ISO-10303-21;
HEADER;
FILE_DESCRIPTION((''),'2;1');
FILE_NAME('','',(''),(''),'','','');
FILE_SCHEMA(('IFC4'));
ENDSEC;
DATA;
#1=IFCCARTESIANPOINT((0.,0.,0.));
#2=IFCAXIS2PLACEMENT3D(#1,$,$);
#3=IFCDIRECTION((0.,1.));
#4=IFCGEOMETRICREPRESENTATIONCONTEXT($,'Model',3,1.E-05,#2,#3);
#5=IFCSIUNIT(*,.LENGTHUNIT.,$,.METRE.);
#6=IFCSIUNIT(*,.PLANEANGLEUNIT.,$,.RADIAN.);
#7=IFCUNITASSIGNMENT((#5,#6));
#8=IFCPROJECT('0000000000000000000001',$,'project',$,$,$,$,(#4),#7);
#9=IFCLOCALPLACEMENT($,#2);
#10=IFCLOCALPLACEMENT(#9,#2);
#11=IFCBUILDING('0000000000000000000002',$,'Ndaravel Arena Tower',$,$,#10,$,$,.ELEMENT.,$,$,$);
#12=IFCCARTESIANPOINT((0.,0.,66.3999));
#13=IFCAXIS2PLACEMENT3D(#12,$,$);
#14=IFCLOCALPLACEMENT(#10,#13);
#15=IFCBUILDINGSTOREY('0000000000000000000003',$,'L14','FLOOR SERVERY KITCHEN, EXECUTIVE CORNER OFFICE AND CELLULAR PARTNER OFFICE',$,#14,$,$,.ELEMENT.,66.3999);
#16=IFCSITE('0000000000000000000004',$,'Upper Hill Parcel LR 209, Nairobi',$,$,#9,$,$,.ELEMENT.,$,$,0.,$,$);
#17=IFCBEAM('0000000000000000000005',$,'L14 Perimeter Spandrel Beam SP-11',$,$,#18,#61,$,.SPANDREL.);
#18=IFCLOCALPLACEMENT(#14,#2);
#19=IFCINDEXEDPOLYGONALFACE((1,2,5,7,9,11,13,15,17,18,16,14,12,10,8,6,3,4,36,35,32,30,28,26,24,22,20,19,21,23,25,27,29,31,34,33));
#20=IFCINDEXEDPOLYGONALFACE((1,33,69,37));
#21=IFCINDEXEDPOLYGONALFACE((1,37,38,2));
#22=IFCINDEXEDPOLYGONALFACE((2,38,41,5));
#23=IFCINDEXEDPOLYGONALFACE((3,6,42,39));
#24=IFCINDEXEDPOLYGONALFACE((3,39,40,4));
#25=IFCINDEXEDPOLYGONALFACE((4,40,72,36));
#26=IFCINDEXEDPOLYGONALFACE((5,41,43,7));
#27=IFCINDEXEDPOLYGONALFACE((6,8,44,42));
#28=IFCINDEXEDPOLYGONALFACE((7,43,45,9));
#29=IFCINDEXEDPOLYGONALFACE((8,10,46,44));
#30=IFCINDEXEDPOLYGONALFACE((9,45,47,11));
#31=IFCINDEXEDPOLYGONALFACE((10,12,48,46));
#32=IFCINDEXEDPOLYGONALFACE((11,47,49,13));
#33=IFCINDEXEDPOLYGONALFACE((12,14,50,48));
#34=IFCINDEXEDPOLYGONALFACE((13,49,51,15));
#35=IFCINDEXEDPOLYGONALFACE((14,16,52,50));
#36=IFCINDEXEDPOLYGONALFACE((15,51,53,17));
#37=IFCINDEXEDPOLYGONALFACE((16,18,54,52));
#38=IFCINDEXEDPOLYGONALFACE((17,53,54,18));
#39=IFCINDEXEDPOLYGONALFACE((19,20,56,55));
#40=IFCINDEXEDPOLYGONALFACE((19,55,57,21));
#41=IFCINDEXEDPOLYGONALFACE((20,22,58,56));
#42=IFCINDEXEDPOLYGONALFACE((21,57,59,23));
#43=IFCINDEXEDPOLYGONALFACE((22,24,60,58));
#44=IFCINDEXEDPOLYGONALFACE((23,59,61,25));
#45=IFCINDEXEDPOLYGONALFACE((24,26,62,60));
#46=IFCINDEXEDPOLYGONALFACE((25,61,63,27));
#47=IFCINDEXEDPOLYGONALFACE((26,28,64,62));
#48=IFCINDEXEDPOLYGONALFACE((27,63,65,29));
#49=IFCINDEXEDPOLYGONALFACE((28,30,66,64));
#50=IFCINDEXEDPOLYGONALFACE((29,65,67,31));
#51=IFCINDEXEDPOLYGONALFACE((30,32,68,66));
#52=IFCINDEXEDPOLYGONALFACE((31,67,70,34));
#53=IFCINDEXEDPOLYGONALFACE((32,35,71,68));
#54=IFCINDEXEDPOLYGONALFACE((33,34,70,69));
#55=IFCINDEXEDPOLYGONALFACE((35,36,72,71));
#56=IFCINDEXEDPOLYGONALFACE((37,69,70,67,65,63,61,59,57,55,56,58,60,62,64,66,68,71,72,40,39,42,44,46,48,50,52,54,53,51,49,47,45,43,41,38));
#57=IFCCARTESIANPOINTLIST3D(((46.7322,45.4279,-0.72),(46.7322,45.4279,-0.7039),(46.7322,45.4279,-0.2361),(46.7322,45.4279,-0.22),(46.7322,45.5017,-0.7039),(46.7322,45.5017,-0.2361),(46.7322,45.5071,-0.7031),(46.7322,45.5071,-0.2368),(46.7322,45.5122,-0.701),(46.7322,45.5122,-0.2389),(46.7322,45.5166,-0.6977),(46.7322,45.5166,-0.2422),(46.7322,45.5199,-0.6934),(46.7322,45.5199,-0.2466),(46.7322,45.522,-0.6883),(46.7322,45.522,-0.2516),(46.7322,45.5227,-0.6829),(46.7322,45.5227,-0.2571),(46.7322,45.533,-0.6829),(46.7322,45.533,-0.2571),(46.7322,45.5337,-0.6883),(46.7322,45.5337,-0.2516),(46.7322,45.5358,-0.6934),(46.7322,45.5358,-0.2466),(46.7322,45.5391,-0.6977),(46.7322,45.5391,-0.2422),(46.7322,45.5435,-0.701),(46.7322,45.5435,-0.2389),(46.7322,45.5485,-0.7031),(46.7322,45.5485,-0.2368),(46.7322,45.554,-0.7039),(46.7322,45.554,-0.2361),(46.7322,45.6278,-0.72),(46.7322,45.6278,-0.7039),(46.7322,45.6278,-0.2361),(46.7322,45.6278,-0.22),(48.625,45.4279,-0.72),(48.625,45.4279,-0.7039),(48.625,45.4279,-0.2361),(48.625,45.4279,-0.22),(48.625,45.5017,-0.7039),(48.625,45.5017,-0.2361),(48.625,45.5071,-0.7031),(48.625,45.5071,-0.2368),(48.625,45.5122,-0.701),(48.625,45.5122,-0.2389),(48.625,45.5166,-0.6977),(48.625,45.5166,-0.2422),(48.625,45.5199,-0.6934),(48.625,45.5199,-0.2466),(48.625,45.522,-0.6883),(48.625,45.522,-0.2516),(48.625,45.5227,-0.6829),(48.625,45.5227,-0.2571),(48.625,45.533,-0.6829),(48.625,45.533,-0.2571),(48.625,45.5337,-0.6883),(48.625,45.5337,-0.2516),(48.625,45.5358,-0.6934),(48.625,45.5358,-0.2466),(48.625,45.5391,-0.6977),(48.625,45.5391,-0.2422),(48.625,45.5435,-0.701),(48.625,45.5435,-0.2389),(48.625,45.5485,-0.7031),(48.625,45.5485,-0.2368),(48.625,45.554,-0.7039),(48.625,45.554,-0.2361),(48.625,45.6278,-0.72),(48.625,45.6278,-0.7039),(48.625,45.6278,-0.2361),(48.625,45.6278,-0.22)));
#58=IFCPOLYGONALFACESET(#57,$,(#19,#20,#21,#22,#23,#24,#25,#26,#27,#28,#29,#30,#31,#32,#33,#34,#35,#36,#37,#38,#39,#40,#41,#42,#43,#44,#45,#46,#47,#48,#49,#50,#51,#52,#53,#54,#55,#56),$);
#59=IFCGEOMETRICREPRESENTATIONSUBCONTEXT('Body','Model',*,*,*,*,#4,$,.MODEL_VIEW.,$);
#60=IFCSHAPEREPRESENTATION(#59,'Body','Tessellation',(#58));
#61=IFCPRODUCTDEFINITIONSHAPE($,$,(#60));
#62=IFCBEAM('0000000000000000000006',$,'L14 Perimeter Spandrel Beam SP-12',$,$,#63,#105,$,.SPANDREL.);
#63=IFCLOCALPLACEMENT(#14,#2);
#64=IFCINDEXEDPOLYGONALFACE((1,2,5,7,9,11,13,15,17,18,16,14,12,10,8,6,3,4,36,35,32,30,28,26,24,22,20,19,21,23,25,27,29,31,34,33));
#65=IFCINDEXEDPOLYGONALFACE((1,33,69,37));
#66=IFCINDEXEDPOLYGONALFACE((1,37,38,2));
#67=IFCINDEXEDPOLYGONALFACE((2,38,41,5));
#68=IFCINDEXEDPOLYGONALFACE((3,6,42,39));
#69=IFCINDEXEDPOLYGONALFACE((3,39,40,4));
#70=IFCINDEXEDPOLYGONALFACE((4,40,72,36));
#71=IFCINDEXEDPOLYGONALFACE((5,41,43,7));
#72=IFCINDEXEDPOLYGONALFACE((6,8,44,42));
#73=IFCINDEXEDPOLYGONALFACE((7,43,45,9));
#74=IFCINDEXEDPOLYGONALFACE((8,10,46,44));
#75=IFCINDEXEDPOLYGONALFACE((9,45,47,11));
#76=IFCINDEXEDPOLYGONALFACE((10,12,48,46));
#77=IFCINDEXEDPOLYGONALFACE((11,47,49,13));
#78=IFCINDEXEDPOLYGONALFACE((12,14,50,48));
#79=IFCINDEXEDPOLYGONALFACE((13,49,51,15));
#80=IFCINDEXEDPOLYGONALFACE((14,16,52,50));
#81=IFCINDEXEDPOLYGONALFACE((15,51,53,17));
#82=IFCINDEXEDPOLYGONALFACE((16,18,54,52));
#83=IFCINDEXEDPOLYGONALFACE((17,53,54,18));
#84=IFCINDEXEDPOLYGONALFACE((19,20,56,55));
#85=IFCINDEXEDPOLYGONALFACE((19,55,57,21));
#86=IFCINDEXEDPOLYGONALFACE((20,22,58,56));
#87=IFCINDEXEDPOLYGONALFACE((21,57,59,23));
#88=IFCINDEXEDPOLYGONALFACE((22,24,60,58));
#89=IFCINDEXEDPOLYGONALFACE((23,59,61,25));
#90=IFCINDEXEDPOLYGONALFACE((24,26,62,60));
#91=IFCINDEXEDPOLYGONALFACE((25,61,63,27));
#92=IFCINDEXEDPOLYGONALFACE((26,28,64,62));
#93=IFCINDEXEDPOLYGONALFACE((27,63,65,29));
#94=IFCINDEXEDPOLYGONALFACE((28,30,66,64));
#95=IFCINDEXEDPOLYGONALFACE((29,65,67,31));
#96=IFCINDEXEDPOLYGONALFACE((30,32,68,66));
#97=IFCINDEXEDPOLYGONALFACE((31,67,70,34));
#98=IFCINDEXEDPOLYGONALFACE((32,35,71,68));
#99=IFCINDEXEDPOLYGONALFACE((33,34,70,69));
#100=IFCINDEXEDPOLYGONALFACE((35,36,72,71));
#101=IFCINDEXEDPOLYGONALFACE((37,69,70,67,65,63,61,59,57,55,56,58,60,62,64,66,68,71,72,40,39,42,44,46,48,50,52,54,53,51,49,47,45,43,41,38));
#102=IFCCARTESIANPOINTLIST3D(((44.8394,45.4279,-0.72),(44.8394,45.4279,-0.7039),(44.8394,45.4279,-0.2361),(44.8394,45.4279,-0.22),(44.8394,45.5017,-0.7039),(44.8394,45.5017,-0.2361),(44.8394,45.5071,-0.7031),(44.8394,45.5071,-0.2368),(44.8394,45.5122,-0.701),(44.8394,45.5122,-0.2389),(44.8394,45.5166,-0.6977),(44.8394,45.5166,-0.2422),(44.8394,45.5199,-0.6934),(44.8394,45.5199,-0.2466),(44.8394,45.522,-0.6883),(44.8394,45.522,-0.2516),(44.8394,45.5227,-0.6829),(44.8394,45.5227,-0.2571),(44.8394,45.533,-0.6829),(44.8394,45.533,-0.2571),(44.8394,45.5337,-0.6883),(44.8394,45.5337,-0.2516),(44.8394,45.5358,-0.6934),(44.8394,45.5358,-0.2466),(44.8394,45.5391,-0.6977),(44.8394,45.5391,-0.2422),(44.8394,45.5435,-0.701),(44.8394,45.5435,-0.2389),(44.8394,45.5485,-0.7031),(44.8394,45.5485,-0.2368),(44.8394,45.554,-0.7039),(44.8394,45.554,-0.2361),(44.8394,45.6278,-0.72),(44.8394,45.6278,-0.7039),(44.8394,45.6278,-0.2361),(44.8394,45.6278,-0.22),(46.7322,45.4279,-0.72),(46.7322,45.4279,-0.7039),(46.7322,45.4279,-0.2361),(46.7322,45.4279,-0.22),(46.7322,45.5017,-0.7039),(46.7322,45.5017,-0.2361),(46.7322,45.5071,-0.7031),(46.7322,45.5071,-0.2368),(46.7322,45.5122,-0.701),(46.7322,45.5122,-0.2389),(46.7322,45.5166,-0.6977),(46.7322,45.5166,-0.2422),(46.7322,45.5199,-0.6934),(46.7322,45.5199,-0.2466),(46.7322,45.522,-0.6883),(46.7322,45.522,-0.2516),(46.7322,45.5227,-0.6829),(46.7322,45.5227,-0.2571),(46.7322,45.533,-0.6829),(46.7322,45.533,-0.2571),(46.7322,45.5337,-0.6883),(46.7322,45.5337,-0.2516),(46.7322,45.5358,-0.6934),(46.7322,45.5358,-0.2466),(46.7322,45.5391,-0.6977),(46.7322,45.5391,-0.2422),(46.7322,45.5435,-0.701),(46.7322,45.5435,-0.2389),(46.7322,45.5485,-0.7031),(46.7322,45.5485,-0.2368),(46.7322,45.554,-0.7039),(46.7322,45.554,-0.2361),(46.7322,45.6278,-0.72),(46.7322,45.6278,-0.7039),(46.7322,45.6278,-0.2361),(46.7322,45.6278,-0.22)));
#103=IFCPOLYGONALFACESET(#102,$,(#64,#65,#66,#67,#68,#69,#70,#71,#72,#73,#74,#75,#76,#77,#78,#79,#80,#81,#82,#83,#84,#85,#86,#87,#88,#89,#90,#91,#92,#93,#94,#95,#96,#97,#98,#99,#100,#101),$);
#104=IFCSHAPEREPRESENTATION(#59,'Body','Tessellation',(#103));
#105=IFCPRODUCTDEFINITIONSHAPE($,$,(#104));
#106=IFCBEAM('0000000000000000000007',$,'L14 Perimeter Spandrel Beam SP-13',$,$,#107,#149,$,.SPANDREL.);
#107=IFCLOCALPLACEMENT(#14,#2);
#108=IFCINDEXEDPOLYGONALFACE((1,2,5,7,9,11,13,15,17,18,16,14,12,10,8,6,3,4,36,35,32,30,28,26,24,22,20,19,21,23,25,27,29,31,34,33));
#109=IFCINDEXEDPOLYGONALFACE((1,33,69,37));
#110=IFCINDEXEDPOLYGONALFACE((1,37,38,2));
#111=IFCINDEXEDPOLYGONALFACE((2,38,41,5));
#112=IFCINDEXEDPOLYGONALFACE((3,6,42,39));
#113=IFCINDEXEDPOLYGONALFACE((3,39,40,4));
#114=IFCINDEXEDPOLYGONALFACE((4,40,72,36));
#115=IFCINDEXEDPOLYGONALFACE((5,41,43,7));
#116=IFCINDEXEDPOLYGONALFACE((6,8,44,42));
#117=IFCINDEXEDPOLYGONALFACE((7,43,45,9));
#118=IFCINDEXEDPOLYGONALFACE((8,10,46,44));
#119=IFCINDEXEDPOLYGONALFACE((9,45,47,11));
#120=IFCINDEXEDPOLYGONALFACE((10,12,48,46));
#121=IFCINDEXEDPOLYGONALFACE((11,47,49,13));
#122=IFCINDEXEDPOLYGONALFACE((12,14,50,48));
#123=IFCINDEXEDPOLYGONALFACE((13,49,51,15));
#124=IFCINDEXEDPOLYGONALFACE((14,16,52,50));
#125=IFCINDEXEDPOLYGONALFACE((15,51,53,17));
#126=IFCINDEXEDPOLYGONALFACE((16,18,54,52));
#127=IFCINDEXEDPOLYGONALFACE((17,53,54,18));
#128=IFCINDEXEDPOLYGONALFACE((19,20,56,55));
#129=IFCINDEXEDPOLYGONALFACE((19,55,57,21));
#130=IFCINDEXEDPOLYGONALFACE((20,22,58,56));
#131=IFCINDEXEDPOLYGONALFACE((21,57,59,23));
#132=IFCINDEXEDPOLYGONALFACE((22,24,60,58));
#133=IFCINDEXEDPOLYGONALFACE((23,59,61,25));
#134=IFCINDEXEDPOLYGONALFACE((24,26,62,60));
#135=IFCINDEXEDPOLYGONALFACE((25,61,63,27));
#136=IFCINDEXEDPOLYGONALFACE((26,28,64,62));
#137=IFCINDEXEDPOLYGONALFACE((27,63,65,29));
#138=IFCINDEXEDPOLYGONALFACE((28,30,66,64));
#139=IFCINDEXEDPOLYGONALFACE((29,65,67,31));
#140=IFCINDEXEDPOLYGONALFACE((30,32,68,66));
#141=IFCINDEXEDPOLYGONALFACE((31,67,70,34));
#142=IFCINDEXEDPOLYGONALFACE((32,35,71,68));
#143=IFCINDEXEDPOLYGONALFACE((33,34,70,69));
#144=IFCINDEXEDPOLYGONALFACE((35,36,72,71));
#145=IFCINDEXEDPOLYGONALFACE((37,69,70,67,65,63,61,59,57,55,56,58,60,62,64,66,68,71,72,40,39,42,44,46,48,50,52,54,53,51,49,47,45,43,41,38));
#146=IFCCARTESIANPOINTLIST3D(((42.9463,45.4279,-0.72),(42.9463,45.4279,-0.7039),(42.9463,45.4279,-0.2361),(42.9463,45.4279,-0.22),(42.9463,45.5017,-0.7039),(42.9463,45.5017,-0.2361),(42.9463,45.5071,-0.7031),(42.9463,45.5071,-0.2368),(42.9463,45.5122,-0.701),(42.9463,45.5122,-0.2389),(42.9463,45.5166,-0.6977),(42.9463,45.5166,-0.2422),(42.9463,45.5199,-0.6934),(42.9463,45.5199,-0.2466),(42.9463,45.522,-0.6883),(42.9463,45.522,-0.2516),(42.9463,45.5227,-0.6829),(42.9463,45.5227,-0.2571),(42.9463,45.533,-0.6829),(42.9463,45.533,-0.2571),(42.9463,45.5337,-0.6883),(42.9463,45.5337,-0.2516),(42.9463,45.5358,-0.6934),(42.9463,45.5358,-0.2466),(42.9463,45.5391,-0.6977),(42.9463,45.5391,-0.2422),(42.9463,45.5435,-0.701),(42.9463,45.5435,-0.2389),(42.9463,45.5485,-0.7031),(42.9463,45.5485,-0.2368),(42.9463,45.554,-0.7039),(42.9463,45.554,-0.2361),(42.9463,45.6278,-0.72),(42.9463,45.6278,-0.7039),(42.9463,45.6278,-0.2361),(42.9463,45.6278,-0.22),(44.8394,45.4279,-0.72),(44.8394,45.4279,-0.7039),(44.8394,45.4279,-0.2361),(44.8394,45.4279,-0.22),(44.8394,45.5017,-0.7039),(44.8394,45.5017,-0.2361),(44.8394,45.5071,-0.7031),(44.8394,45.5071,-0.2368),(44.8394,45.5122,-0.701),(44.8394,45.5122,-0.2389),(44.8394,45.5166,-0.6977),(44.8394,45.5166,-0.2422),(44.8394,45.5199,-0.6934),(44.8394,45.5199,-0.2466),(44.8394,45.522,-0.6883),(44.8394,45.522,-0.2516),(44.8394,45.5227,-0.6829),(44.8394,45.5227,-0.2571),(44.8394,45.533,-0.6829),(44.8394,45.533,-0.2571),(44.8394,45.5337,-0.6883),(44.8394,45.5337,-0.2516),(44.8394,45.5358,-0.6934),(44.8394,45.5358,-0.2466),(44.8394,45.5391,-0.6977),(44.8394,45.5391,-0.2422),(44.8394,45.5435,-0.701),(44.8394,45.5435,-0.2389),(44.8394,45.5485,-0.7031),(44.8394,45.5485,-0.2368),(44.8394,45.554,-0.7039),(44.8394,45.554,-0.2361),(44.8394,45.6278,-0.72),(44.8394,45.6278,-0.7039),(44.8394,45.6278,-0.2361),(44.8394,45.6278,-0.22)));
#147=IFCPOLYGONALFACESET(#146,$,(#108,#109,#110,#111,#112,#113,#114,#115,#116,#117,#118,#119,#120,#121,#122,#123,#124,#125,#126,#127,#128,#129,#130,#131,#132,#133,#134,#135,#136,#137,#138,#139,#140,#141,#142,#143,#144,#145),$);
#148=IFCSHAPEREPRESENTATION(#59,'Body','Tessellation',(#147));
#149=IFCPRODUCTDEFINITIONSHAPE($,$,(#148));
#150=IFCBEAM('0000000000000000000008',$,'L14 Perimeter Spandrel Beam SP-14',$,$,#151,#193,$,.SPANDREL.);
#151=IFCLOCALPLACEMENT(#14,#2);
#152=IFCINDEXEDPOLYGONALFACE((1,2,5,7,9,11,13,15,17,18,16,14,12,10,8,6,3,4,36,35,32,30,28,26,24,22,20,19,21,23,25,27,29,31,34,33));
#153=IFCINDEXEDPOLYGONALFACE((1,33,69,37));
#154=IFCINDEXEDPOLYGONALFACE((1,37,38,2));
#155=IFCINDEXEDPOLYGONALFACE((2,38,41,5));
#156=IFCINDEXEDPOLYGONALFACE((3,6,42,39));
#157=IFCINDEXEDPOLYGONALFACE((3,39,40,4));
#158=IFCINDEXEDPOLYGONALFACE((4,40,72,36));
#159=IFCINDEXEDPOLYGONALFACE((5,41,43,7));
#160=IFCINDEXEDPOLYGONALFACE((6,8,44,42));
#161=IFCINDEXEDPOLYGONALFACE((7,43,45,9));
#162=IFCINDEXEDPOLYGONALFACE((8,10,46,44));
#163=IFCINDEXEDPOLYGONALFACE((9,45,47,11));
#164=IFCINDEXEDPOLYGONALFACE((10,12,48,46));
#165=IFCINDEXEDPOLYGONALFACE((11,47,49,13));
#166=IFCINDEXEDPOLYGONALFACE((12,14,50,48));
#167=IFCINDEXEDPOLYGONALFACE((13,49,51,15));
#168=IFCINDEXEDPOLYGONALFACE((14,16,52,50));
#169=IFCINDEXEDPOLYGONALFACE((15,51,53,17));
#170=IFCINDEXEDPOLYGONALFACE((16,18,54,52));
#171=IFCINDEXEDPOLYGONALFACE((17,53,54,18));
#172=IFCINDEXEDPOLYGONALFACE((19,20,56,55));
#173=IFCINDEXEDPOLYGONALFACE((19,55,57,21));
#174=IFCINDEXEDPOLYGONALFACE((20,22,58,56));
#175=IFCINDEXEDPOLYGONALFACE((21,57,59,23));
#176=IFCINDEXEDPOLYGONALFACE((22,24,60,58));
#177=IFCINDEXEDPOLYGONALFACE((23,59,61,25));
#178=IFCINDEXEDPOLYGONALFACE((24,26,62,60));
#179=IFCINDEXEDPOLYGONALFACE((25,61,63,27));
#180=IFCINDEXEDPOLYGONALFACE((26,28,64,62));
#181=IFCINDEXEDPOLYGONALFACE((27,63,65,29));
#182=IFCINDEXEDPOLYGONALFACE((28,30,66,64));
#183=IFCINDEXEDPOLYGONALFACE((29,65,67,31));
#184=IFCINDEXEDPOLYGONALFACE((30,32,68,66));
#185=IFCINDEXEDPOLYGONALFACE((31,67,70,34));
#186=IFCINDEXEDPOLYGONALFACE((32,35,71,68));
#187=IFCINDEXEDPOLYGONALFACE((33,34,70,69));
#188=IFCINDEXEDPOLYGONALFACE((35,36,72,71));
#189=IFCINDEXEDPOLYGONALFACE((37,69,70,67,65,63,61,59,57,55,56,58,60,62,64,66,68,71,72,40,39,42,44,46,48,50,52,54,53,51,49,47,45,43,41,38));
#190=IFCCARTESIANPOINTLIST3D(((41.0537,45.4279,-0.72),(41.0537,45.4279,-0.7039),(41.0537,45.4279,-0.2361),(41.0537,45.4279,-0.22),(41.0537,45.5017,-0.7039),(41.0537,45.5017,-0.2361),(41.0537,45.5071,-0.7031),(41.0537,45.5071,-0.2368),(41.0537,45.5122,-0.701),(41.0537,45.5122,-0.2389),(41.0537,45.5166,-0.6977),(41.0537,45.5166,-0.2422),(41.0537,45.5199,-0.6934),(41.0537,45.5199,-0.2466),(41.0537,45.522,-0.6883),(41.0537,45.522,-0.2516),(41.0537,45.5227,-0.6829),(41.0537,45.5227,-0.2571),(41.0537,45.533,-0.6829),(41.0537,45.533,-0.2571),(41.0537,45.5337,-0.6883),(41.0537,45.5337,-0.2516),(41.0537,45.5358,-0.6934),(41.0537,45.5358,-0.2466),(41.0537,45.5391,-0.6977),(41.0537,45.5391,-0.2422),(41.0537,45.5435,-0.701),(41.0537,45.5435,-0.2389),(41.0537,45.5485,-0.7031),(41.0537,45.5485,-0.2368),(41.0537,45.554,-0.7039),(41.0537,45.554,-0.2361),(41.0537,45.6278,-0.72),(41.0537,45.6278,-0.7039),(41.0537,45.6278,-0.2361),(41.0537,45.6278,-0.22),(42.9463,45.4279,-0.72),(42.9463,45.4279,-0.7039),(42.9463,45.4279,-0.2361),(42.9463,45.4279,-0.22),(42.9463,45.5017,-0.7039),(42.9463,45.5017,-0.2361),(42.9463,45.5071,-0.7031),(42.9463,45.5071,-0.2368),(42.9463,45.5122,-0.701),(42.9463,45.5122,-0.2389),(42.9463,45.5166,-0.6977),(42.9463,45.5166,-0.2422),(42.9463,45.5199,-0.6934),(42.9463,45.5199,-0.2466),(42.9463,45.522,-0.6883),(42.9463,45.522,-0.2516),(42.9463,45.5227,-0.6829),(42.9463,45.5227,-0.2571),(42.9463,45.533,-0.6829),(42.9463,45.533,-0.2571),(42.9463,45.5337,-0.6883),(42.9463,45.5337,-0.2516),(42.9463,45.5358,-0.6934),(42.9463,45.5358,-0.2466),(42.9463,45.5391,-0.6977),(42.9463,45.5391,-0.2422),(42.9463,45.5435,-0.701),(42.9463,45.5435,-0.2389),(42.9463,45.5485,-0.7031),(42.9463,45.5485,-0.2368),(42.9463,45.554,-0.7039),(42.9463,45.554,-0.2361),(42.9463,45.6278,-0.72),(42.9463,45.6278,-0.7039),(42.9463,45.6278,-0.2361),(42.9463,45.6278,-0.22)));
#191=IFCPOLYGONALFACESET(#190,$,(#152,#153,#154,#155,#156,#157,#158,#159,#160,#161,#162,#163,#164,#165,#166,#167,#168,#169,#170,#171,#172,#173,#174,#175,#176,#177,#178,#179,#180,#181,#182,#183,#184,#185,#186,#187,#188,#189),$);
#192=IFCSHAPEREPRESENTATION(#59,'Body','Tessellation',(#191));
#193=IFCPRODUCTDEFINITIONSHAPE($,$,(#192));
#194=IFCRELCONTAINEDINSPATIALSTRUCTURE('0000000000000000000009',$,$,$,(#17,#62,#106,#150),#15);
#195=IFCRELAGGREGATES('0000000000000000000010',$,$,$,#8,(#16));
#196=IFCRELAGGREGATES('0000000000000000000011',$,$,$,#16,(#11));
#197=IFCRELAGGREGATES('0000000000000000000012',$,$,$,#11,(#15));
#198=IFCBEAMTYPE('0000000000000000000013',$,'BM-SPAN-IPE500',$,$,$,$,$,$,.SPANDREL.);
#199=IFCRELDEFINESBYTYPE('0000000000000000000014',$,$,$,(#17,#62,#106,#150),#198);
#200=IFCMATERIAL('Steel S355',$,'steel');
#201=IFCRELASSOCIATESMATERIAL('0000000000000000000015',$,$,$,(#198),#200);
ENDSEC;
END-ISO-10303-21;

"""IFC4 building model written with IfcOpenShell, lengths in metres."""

from ifc_helpers import new_model, si_unit, direction, frame, origin, origin_2d, place, context, subcontext, project, spatial, i_section, extrude, material, material_profile, profile_set, type_object, element, save


model = new_model("IFC4")

# Units and contexts
model_context = context("Model", 3, precision=1e-05, world=origin(), true_north=direction((0.0, 1.0)))
body_context = subcontext(model_context, "Body", "Model", "MODEL_VIEW")
ifc_project = project(units=[si_unit("LENGTHUNIT", "METRE"), si_unit("PLANEANGLEUNIT", "RADIAN")], contexts=[model_context])

# Site, building, storey
site_placement = place(None, origin())
site = spatial("IfcSite", under=ifc_project, at=site_placement, Name="Upper Hill Parcel LR 209, Nairobi", CompositionType="ELEMENT", RefElevation=0.0)
building_placement = place(site_placement, origin())
building = spatial("IfcBuilding", under=site, at=building_placement, Name="Ndaravel Arena Tower", CompositionType="ELEMENT")
storey_placement = place(building_placement, frame((0.0, 0.0, 66.3999)))
storey = spatial("IfcBuildingStorey", under=building, at=storey_placement, Name="L14", Description="FLOOR SERVERY KITCHEN, EXECUTIVE CORNER OFFICE AND CELLULAR PARTNER OFFICE", CompositionType="ELEMENT", Elevation=66.3999)

# Beams
ifc_material_1 = material(Name="Steel S355", Category="steel")
ifc_material_profile_1 = material_profile(ifc_material_1, i_section(OverallWidth=0.2, OverallDepth=0.5, WebThickness=0.0103, FlangeThickness=0.0161, FilletRadius=0.021, at=origin_2d()), Name="IPE 500")
ifc_profile_set_1 = profile_set([ifc_material_profile_1], Name="Steel S355")
beam_type_1 = type_object("IfcBeamType", Name="BM-SPAN-IPE500", PredefinedType="SPANDREL", material=ifc_profile_set_1)
for number, where, z_axis, x_axis, name in (
    (1, (48.625, 45.5278, -0.47), (-1.0, 0.0, 0.0), (0.0, -1.0, 0.0), "L14 Perimeter Spandrel Beam SP-11"),
    (2, (46.7322, 45.5278, -0.47), (-1.0, 0.0, 0.0), (0.0, -1.0, 0.0), "L14 Perimeter Spandrel Beam SP-12"),
):
    element("IfcBeam", number, at=place(storey_placement, frame(where, z_axis=z_axis, x_axis=x_axis)), inside=storey, type_object=beam_type_1, Name=name, PredefinedType="SPANDREL", context=body_context, shape_type="SweptSolid", body=[
        extrude(i_section(OverallWidth=0.2, OverallDepth=0.5, WebThickness=0.0103, FlangeThickness=0.0161, FilletRadius=0.021, at=origin_2d()), origin(), (0.0, 0.0, 1.0), 1.8928),
    ])
beam_1_placement = place(storey_placement, frame((44.8394, 45.5278, -0.47), z_axis=(-1.0, 0.0, 0.0), x_axis=(0.0, -1.0, 0.0)))
element("IfcBeam", 3, at=beam_1_placement, inside=storey, type_object=beam_type_1, Name="L14 Perimeter Spandrel Beam SP-13", PredefinedType="SPANDREL", context=body_context, shape_type="SweptSolid", body=[
    extrude(i_section(OverallWidth=0.2, OverallDepth=0.5, WebThickness=0.0103, FlangeThickness=0.0161, FilletRadius=0.021, at=origin_2d()), origin(), (0.0, 0.0, 1.0), 1.8931),
])
beam_2_placement = place(storey_placement, frame((42.9463, 45.5278, -0.47), z_axis=(-1.0, 0.0, 0.0), x_axis=(0.0, -1.0, 0.0)))
element("IfcBeam", 4, at=beam_2_placement, inside=storey, type_object=beam_type_1, Name="L14 Perimeter Spandrel Beam SP-14", PredefinedType="SPANDREL", context=body_context, shape_type="SweptSolid", body=[
    extrude(i_section(OverallWidth=0.2, OverallDepth=0.5, WebThickness=0.0103, FlangeThickness=0.0161, FilletRadius=0.021, at=origin_2d()), origin(), (0.0, 0.0, 1.0), 1.8926),
])

save(model, "model.ifc")
